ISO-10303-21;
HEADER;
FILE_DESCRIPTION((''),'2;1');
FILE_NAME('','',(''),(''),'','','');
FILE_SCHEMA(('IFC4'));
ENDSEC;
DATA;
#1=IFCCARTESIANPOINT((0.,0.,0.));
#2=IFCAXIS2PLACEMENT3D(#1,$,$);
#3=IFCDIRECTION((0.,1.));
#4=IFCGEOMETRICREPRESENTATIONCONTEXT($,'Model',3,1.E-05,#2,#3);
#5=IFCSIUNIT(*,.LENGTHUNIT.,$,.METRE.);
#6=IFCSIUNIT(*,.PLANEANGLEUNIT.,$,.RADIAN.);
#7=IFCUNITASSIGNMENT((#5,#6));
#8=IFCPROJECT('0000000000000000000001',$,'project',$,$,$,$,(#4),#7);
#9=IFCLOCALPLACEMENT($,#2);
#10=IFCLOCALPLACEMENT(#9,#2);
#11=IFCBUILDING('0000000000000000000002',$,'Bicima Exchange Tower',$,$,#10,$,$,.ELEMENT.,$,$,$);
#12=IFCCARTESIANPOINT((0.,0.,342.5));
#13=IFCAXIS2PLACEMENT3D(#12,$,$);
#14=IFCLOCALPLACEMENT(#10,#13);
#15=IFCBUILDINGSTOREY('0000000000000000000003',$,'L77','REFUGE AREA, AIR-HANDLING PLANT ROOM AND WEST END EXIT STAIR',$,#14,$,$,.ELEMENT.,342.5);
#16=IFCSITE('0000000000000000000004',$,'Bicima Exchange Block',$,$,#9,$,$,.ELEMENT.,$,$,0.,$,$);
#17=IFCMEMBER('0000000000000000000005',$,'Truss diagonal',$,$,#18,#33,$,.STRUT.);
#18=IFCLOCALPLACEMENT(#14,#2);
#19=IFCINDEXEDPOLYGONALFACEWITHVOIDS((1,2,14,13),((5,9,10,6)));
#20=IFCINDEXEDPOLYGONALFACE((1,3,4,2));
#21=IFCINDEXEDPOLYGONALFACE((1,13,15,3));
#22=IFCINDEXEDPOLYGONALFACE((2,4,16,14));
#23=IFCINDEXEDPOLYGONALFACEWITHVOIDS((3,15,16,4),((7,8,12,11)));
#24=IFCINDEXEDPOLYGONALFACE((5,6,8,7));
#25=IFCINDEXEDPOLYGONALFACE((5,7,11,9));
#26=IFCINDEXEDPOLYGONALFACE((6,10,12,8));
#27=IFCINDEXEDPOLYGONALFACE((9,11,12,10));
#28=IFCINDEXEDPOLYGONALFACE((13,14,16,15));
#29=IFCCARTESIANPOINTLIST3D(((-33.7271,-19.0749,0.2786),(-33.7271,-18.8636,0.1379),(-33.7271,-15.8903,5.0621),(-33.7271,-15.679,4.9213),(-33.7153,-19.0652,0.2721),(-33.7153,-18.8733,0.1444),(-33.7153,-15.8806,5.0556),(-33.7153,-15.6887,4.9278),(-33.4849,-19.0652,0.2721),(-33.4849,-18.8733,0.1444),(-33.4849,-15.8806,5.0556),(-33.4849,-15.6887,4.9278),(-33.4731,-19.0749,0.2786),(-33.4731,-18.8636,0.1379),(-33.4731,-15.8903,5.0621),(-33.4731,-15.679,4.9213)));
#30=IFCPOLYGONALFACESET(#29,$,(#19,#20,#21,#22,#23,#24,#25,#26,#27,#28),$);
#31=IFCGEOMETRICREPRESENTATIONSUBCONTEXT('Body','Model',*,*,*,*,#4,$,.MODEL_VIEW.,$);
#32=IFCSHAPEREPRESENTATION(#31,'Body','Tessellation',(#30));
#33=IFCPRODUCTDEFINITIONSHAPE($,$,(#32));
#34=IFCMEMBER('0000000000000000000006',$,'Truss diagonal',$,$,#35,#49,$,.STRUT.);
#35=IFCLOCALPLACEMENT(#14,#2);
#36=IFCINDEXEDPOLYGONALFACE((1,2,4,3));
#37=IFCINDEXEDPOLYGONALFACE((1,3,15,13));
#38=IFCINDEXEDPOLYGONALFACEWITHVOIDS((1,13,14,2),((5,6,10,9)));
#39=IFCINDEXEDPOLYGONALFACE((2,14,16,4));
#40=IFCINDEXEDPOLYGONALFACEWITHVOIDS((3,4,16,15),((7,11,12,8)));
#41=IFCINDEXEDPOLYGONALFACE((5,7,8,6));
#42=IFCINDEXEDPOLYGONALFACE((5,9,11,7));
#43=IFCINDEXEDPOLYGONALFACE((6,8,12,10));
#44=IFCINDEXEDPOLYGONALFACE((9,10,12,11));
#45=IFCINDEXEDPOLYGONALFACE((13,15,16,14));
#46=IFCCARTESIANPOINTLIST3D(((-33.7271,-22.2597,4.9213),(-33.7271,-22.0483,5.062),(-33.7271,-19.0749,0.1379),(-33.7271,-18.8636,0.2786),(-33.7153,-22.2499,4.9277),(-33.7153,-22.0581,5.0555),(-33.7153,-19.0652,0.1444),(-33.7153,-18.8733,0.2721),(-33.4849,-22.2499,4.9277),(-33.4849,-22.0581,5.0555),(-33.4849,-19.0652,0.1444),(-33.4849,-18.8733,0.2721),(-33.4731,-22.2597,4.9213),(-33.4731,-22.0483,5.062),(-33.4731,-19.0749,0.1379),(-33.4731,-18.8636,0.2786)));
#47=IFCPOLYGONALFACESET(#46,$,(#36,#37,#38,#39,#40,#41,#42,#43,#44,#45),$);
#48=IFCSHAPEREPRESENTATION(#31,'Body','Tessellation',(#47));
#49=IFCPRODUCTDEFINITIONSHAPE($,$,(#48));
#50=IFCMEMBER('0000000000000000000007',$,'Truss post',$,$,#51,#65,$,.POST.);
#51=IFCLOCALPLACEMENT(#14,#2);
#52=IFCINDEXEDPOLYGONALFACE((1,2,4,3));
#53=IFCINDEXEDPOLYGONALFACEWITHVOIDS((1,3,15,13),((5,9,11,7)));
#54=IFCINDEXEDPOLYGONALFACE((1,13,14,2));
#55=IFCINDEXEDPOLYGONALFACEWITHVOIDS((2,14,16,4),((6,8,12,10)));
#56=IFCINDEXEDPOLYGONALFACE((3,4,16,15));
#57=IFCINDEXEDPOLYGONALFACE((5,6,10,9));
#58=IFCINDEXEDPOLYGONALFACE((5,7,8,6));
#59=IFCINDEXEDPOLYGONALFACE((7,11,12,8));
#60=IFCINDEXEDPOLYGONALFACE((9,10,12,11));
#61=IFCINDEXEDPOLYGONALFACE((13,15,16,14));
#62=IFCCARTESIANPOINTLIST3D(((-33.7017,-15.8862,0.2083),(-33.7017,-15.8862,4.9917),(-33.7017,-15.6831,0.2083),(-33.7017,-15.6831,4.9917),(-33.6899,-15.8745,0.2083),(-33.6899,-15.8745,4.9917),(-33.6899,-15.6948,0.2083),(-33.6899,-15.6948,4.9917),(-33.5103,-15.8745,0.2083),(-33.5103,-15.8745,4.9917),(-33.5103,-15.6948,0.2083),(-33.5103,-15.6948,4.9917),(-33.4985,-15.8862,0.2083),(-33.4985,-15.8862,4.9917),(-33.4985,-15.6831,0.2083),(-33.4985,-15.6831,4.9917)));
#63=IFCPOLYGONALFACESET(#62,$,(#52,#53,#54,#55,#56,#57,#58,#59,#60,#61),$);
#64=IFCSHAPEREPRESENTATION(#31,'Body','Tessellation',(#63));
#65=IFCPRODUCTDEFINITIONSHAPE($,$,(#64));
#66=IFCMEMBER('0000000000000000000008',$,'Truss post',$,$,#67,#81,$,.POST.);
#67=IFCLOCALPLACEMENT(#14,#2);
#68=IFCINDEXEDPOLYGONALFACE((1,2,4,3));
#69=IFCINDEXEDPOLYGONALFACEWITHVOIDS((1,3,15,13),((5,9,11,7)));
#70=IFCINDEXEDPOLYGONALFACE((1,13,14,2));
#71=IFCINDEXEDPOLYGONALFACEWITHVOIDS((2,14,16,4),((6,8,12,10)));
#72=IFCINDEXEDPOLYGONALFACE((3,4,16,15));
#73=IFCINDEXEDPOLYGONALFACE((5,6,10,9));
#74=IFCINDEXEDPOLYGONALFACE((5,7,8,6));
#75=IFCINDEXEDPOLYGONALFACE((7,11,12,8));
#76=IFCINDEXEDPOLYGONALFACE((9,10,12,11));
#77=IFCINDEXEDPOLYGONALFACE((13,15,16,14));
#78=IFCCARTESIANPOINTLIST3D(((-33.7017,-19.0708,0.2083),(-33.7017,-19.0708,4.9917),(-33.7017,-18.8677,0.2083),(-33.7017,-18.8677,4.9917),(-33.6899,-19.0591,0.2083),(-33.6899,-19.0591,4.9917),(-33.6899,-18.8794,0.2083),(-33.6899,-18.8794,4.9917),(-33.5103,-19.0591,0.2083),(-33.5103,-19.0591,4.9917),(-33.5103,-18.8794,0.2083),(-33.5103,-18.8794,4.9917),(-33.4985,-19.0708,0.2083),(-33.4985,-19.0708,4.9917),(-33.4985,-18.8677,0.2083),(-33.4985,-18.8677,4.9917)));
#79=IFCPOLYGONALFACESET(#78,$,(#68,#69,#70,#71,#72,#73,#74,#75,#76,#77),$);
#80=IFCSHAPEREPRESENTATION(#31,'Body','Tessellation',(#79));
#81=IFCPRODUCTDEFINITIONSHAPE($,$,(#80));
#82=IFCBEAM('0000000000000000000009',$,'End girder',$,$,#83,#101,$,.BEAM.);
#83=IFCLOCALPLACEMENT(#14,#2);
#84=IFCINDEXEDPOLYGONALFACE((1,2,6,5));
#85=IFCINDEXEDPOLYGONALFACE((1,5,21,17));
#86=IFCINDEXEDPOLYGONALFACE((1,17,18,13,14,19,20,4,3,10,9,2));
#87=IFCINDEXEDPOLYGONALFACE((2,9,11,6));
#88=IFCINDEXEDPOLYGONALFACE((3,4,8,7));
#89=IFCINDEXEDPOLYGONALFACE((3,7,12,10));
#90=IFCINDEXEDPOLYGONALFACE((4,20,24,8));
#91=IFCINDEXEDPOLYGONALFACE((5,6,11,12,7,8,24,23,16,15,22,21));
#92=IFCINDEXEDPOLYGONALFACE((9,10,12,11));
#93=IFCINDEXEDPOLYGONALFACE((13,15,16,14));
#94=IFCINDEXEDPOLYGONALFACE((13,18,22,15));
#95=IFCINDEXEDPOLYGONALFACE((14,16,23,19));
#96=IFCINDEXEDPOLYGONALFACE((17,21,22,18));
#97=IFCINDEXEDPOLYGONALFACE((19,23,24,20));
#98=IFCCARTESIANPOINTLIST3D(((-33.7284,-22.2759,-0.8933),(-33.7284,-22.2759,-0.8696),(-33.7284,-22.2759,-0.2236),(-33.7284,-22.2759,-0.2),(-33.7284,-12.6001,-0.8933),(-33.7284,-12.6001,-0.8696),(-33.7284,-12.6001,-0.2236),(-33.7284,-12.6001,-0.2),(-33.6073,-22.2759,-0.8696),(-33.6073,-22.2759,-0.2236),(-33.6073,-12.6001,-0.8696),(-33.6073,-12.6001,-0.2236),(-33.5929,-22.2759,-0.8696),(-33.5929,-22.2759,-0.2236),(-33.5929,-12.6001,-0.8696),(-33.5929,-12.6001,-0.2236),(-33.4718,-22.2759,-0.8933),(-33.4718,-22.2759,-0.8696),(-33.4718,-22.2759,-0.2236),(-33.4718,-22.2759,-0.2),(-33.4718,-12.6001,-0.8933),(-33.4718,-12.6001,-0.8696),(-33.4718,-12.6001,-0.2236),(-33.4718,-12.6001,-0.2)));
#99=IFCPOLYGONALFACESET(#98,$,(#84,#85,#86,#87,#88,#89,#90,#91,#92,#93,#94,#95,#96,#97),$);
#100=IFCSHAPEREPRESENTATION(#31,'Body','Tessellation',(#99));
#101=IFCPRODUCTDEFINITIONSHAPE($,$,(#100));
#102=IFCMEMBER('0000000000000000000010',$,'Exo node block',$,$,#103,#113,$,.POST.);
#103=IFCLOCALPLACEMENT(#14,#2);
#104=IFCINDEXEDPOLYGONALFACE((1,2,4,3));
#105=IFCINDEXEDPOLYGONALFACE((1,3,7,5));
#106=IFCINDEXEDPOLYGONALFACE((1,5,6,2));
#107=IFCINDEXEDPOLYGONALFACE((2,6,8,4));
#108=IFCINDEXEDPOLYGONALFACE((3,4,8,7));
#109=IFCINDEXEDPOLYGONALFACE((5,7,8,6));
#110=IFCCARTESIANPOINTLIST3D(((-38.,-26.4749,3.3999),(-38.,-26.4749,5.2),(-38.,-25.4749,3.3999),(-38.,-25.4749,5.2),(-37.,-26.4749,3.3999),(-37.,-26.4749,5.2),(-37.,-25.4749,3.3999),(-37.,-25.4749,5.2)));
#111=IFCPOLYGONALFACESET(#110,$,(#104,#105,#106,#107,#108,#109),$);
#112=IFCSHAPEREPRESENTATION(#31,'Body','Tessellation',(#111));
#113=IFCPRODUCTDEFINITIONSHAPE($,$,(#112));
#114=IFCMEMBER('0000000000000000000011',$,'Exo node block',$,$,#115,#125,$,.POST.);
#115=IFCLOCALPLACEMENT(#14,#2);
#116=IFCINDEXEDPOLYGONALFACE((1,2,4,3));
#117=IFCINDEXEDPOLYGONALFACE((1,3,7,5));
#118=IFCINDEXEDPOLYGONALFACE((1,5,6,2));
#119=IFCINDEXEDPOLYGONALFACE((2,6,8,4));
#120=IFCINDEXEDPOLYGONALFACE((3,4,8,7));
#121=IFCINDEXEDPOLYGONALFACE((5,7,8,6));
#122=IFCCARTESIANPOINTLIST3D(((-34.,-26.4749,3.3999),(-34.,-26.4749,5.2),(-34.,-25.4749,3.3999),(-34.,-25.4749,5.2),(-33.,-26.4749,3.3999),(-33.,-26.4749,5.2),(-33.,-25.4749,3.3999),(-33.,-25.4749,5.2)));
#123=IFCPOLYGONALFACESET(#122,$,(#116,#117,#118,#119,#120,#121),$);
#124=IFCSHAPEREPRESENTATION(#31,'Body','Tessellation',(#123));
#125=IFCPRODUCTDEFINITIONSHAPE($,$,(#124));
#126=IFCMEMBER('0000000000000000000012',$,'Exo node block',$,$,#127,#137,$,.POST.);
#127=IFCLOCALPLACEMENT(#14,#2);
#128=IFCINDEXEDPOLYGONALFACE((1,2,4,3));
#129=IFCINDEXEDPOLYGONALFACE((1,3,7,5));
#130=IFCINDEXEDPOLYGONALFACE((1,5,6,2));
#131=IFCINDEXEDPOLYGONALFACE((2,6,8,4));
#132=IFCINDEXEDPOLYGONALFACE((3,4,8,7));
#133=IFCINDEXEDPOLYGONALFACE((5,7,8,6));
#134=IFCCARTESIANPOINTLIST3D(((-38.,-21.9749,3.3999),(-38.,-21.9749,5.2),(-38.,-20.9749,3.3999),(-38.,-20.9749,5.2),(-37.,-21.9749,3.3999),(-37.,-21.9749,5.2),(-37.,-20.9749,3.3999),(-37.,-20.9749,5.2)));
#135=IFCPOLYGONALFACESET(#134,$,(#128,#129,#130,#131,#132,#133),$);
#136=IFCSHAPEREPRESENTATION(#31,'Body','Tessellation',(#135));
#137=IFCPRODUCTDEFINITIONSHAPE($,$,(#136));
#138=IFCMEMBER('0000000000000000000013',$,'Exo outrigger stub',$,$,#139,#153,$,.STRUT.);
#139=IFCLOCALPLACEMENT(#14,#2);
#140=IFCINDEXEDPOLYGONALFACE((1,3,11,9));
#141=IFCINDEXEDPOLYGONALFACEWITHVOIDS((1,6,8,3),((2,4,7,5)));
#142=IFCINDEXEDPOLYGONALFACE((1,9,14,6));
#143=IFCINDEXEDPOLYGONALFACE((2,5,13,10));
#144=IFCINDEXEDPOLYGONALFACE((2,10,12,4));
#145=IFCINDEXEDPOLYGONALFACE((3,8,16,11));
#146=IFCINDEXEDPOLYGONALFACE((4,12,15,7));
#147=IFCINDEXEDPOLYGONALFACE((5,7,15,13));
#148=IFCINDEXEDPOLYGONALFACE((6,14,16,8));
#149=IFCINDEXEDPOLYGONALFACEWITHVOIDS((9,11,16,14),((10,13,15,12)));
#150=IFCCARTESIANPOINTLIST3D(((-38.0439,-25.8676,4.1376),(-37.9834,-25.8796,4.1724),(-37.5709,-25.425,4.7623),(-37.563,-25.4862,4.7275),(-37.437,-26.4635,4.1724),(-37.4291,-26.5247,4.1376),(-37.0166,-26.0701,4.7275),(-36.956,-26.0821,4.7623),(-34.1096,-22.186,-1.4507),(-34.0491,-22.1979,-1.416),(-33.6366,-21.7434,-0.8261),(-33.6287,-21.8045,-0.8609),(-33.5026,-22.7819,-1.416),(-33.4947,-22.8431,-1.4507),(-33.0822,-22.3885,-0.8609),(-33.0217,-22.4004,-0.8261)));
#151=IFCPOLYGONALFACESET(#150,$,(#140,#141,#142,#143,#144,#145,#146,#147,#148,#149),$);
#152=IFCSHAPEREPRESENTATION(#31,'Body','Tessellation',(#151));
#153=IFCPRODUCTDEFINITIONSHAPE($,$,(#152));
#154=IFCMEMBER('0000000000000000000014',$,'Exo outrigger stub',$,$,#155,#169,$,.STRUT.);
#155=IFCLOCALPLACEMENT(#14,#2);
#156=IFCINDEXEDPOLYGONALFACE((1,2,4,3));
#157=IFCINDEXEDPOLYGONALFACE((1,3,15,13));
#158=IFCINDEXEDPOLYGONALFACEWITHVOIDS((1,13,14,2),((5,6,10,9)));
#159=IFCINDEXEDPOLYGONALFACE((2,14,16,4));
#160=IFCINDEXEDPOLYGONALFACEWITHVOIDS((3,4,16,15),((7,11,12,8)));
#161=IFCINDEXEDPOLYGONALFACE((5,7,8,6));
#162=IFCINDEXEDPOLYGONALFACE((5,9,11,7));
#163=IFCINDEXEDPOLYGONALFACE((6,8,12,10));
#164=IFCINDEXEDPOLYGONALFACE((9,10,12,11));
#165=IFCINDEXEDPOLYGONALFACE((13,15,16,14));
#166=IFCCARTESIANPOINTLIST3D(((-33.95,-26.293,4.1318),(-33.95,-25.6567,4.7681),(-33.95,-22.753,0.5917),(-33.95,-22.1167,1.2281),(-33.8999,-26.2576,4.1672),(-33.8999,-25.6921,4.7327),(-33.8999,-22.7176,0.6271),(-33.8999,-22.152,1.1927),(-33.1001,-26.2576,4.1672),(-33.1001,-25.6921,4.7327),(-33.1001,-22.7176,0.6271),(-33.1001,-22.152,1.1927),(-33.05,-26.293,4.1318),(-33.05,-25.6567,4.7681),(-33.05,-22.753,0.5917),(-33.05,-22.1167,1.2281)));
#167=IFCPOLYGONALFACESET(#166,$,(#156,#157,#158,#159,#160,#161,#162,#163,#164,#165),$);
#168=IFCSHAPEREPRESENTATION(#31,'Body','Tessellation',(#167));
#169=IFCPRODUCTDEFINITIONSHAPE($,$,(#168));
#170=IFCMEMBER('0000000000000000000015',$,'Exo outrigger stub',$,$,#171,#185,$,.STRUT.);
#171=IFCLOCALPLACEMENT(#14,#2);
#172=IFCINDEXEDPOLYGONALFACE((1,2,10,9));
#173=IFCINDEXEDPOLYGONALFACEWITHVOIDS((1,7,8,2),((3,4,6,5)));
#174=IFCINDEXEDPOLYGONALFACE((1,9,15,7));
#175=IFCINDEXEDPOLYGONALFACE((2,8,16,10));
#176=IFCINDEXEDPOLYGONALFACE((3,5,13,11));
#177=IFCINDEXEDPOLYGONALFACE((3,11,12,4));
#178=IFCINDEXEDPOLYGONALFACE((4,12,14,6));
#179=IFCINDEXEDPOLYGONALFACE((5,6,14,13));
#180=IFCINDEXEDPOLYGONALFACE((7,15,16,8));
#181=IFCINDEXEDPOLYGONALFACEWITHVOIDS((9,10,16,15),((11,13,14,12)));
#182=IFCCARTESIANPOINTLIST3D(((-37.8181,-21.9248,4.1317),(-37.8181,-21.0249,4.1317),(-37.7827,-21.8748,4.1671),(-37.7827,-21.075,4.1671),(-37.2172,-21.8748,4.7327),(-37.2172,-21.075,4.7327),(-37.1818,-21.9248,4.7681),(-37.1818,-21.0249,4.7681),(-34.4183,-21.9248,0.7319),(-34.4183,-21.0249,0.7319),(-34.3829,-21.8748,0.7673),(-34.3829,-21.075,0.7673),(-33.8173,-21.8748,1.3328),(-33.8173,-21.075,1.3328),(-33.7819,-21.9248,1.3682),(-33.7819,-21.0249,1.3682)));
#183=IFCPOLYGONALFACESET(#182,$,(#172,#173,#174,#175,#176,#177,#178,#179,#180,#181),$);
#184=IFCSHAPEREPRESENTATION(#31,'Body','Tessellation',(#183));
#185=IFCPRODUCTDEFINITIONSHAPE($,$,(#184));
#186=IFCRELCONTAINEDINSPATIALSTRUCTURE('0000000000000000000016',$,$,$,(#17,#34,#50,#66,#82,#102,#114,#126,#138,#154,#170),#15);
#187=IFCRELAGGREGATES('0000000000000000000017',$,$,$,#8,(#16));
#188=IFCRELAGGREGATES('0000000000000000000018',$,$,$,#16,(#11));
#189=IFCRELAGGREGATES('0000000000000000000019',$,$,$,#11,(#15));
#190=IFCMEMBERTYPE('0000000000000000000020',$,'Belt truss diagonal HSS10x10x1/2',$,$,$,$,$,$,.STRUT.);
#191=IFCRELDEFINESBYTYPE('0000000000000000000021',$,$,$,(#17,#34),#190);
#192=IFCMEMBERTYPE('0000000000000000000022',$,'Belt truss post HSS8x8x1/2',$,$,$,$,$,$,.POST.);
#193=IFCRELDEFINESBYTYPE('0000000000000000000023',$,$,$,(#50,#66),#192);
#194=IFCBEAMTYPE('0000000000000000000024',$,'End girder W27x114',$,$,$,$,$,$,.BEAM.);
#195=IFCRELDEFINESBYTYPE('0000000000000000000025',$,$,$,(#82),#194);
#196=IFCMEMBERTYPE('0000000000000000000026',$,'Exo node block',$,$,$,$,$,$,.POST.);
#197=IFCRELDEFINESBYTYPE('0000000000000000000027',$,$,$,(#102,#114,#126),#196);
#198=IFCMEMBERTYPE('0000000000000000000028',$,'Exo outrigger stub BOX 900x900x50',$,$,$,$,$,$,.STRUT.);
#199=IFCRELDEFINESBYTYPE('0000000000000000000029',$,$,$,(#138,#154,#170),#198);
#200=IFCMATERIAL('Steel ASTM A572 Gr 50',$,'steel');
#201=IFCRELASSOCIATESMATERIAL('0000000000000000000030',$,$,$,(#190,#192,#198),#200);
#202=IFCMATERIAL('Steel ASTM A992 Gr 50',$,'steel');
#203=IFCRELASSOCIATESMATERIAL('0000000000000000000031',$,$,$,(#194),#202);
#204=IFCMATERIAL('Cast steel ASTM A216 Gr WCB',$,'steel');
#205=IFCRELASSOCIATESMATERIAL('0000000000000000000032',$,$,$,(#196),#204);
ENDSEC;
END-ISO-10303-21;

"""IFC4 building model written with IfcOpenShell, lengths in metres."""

from ifc_helpers import new_model, si_unit, direction, frame, origin, origin_2d, place, context, subcontext, project, spatial, rectangle, hollow_rectangle, i_section, extrude, material, material_profile, profile_set, type_object, element, save


model = new_model("IFC4")

# Units and contexts
model_context = context("Model", 3, precision=1e-05, world=origin(), true_north=direction((0.0, 1.0)))
body_context = subcontext(model_context, "Body", "Model", "MODEL_VIEW")
ifc_project = project(units=[si_unit("LENGTHUNIT", "METRE"), si_unit("PLANEANGLEUNIT", "RADIAN")], contexts=[model_context])

# Site, building, storey
site_placement = place(None, origin())
site = spatial("IfcSite", under=ifc_project, at=site_placement, Name="Bicima Exchange Block", CompositionType="ELEMENT", RefElevation=0.0)
building_placement = place(site_placement, origin())
building = spatial("IfcBuilding", under=site, at=building_placement, Name="Bicima Exchange Tower", CompositionType="ELEMENT")
storey_placement = place(building_placement, frame((0.0, 0.0, 342.5)))
storey = spatial("IfcBuildingStorey", under=building, at=storey_placement, Name="L77", Description="REFUGE AREA, AIR-HANDLING PLANT ROOM AND WEST END EXIT STAIR", CompositionType="ELEMENT", Elevation=342.5)

# Shared definitions
ifc_material_1 = material(Name="Steel ASTM A992 Gr 50", Category="steel")

# Shared definitions
ifc_material_2 = material(Name="Steel ASTM A572 Gr 50", Category="steel")

# Members
ifc_material_profile_1 = material_profile(ifc_material_2, hollow_rectangle(XDim=0.2539, YDim=0.2539, WallThickness=0.0117, at=origin_2d()))
ifc_profile_set_1 = profile_set([ifc_material_profile_1], Name="Steel ASTM A572 Gr 50")
member_type_1 = type_object("IfcMemberType", Name="Belt truss diagonal HSS10x10x1/2", PredefinedType="STRUT", material=ifc_profile_set_1)
for number, where, z_axis, x_axis, name in (
    (1, (-33.6001, -15.7847, 4.9917), (0.0, -0.554171, -0.832403), (1.0, 0.0, 0.0), "Truss diagonal"),
    (2, (-33.6001, -18.9692, 0.2083), (0.0, -0.5542, 0.832383), (1.0, 0.0, 0.0), "Truss diagonal"),
):
    element("IfcMember", number, at=place(storey_placement, frame(where, z_axis=z_axis, x_axis=x_axis)), inside=storey, type_object=member_type_1, Name=name, PredefinedType="STRUT", context=body_context, shape_type="SweptSolid", body=[
        extrude(hollow_rectangle(XDim=0.2539, YDim=0.2539, WallThickness=0.0117, at=origin_2d()), origin(), (0.0, 0.0, 1.0), 5.7466),
    ])
ifc_material_profile_2 = material_profile(ifc_material_2, hollow_rectangle(XDim=0.2031, YDim=0.2031, WallThickness=0.0117, at=origin_2d()))
ifc_profile_set_2 = profile_set([ifc_material_profile_2], Name="Steel ASTM A572 Gr 50")
member_type_2 = type_object("IfcMemberType", Name="Belt truss post HSS8x8x1/2", PredefinedType="POST", material=ifc_profile_set_2)
for number, where, z_axis, x_axis, name in (
    (3, (-33.6001, -15.7847, 0.2083), (0.0, 0.0, 1.0), (1.0, 0.0, 0.0), "Truss post"),
    (4, (-33.6001, -18.9692, 0.2083), (0.0, 0.0, 1.0), (1.0, 0.0, 0.0), "Truss post"),
):
    element("IfcMember", number, at=place(storey_placement, frame(where, z_axis=z_axis, x_axis=x_axis)), inside=storey, type_object=member_type_2, Name=name, PredefinedType="POST", context=body_context, shape_type="SweptSolid", body=[
        extrude(hollow_rectangle(XDim=0.2031, YDim=0.2031, WallThickness=0.0117, at=origin_2d()), origin(), (0.0, 0.0, 1.0), 4.7834),
    ])

# Beam
ifc_material_profile_3 = material_profile(ifc_material_1, i_section(OverallWidth=0.2566, OverallDepth=0.6934, WebThickness=0.0144, FlangeThickness=0.0237, at=origin_2d()))
ifc_profile_set_3 = profile_set([ifc_material_profile_3], Name="Steel ASTM A992 Gr 50")
beam_type_1 = type_object("IfcBeamType", Name="End girder W27x114", PredefinedType="BEAM", material=ifc_profile_set_3)
beam_1_placement = place(storey_placement, frame((-33.6001, -12.6001, -0.5466), z_axis=(0.0, -1.0, 0.0), x_axis=(1.0, 0.0, 0.0)))
element("IfcBeam", 5, at=beam_1_placement, inside=storey, type_object=beam_type_1, Name="End girder", PredefinedType="BEAM", context=body_context, shape_type="SweptSolid", body=[
    extrude(i_section(OverallWidth=0.2566, OverallDepth=0.6934, WebThickness=0.0144, FlangeThickness=0.0237, at=origin_2d()), origin(), (0.0, 0.0, 1.0), 9.6758),
])

# Members
ifc_material_3 = material(Name="Cast steel ASTM A216 Gr WCB", Category="steel")
ifc_material_profile_4 = material_profile(ifc_material_3, rectangle(XDim=1.0, YDim=1.0, at=origin_2d()))
ifc_profile_set_4 = profile_set([ifc_material_profile_4], Name="Cast steel ASTM A216 Gr WCB")
member_type_3 = type_object("IfcMemberType", Name="Exo node block", PredefinedType="POST", material=ifc_profile_set_4)
for number, where, z_axis, x_axis, name in (
    (6, (-37.5, -25.9749, 3.3999), (0.0, 0.0, 1.0), (1.0, 0.0, 0.0), "Exo node block"),
    (7, (-33.5, -25.9749, 3.3999), (0.0, 0.0, 1.0), (1.0, 0.0, 0.0), "Exo node block"),
    (8, (-37.5, -21.4749, 3.3999), (0.0, 0.0, 1.0), (1.0, 0.0, 0.0), "Exo node block"),
):
    element("IfcMember", number, at=place(storey_placement, frame(where, z_axis=z_axis, x_axis=x_axis)), inside=storey, type_object=member_type_3, Name=name, PredefinedType="POST", context=body_context, shape_type="SweptSolid", body=[
        extrude(rectangle(XDim=1.0, YDim=1.0, at=origin_2d()), origin(), (0.0, 0.0, 1.0), 1.8),
    ])
ifc_material_profile_5 = material_profile(ifc_material_2, hollow_rectangle(XDim=0.8999, YDim=0.8999, WallThickness=0.05, at=origin_2d()))
ifc_profile_set_5 = profile_set([ifc_material_profile_5], Name="Steel ASTM A572 Gr 50")
member_type_4 = type_object("IfcMemberType", Name="Exo outrigger stub BOX 900x900x50", PredefinedType="STRUT", material=ifc_profile_set_5)
member_1_placement = place(storey_placement, frame((-33.5657, -22.2932, -1.1384), z_axis=(-0.506808, -0.474258, 0.719878), x_axis=(0.68327, -0.730166, 0.0)))
element("IfcMember", 9, at=member_1_placement, inside=storey, type_object=member_type_4, Name="Exo outrigger stub", PredefinedType="STRUT", context=body_context, shape_type="SweptSolid", body=[
    extrude(hollow_rectangle(XDim=0.8999, YDim=0.8999, WallThickness=0.05, at=origin_2d()), origin(), (0.0, 0.0, 1.0), 7.7629),
])
member_2_placement = place(storey_placement, frame((-33.5, -22.4348, 0.9099), z_axis=(0.0, -0.707107, 0.707107), x_axis=(1.0, 0.0, 0.0)))
element("IfcMember", 10, at=member_2_placement, inside=storey, type_object=member_type_4, Name="Exo outrigger stub", PredefinedType="STRUT", context=body_context, shape_type="SweptSolid", body=[
    extrude(hollow_rectangle(XDim=0.8999, YDim=0.8999, WallThickness=0.05, at=origin_2d()), origin(), (0.0, 0.0, 1.0), 5.0063),
])
member_3_placement = place(storey_placement, frame((-34.1001, -21.4749, 1.05), z_axis=(-0.707107, 0.0, 0.707107), x_axis=(0.0, -1.0, 0.0)))
element("IfcMember", 11, at=member_3_placement, inside=storey, type_object=member_type_4, Name="Exo outrigger stub", PredefinedType="STRUT", context=body_context, shape_type="SweptSolid", body=[
    extrude(hollow_rectangle(XDim=0.8999, YDim=0.8999, WallThickness=0.05, at=origin_2d()), origin(), (0.0, 0.0, 1.0), 4.8081),
])

save(model, "model.ifc")
